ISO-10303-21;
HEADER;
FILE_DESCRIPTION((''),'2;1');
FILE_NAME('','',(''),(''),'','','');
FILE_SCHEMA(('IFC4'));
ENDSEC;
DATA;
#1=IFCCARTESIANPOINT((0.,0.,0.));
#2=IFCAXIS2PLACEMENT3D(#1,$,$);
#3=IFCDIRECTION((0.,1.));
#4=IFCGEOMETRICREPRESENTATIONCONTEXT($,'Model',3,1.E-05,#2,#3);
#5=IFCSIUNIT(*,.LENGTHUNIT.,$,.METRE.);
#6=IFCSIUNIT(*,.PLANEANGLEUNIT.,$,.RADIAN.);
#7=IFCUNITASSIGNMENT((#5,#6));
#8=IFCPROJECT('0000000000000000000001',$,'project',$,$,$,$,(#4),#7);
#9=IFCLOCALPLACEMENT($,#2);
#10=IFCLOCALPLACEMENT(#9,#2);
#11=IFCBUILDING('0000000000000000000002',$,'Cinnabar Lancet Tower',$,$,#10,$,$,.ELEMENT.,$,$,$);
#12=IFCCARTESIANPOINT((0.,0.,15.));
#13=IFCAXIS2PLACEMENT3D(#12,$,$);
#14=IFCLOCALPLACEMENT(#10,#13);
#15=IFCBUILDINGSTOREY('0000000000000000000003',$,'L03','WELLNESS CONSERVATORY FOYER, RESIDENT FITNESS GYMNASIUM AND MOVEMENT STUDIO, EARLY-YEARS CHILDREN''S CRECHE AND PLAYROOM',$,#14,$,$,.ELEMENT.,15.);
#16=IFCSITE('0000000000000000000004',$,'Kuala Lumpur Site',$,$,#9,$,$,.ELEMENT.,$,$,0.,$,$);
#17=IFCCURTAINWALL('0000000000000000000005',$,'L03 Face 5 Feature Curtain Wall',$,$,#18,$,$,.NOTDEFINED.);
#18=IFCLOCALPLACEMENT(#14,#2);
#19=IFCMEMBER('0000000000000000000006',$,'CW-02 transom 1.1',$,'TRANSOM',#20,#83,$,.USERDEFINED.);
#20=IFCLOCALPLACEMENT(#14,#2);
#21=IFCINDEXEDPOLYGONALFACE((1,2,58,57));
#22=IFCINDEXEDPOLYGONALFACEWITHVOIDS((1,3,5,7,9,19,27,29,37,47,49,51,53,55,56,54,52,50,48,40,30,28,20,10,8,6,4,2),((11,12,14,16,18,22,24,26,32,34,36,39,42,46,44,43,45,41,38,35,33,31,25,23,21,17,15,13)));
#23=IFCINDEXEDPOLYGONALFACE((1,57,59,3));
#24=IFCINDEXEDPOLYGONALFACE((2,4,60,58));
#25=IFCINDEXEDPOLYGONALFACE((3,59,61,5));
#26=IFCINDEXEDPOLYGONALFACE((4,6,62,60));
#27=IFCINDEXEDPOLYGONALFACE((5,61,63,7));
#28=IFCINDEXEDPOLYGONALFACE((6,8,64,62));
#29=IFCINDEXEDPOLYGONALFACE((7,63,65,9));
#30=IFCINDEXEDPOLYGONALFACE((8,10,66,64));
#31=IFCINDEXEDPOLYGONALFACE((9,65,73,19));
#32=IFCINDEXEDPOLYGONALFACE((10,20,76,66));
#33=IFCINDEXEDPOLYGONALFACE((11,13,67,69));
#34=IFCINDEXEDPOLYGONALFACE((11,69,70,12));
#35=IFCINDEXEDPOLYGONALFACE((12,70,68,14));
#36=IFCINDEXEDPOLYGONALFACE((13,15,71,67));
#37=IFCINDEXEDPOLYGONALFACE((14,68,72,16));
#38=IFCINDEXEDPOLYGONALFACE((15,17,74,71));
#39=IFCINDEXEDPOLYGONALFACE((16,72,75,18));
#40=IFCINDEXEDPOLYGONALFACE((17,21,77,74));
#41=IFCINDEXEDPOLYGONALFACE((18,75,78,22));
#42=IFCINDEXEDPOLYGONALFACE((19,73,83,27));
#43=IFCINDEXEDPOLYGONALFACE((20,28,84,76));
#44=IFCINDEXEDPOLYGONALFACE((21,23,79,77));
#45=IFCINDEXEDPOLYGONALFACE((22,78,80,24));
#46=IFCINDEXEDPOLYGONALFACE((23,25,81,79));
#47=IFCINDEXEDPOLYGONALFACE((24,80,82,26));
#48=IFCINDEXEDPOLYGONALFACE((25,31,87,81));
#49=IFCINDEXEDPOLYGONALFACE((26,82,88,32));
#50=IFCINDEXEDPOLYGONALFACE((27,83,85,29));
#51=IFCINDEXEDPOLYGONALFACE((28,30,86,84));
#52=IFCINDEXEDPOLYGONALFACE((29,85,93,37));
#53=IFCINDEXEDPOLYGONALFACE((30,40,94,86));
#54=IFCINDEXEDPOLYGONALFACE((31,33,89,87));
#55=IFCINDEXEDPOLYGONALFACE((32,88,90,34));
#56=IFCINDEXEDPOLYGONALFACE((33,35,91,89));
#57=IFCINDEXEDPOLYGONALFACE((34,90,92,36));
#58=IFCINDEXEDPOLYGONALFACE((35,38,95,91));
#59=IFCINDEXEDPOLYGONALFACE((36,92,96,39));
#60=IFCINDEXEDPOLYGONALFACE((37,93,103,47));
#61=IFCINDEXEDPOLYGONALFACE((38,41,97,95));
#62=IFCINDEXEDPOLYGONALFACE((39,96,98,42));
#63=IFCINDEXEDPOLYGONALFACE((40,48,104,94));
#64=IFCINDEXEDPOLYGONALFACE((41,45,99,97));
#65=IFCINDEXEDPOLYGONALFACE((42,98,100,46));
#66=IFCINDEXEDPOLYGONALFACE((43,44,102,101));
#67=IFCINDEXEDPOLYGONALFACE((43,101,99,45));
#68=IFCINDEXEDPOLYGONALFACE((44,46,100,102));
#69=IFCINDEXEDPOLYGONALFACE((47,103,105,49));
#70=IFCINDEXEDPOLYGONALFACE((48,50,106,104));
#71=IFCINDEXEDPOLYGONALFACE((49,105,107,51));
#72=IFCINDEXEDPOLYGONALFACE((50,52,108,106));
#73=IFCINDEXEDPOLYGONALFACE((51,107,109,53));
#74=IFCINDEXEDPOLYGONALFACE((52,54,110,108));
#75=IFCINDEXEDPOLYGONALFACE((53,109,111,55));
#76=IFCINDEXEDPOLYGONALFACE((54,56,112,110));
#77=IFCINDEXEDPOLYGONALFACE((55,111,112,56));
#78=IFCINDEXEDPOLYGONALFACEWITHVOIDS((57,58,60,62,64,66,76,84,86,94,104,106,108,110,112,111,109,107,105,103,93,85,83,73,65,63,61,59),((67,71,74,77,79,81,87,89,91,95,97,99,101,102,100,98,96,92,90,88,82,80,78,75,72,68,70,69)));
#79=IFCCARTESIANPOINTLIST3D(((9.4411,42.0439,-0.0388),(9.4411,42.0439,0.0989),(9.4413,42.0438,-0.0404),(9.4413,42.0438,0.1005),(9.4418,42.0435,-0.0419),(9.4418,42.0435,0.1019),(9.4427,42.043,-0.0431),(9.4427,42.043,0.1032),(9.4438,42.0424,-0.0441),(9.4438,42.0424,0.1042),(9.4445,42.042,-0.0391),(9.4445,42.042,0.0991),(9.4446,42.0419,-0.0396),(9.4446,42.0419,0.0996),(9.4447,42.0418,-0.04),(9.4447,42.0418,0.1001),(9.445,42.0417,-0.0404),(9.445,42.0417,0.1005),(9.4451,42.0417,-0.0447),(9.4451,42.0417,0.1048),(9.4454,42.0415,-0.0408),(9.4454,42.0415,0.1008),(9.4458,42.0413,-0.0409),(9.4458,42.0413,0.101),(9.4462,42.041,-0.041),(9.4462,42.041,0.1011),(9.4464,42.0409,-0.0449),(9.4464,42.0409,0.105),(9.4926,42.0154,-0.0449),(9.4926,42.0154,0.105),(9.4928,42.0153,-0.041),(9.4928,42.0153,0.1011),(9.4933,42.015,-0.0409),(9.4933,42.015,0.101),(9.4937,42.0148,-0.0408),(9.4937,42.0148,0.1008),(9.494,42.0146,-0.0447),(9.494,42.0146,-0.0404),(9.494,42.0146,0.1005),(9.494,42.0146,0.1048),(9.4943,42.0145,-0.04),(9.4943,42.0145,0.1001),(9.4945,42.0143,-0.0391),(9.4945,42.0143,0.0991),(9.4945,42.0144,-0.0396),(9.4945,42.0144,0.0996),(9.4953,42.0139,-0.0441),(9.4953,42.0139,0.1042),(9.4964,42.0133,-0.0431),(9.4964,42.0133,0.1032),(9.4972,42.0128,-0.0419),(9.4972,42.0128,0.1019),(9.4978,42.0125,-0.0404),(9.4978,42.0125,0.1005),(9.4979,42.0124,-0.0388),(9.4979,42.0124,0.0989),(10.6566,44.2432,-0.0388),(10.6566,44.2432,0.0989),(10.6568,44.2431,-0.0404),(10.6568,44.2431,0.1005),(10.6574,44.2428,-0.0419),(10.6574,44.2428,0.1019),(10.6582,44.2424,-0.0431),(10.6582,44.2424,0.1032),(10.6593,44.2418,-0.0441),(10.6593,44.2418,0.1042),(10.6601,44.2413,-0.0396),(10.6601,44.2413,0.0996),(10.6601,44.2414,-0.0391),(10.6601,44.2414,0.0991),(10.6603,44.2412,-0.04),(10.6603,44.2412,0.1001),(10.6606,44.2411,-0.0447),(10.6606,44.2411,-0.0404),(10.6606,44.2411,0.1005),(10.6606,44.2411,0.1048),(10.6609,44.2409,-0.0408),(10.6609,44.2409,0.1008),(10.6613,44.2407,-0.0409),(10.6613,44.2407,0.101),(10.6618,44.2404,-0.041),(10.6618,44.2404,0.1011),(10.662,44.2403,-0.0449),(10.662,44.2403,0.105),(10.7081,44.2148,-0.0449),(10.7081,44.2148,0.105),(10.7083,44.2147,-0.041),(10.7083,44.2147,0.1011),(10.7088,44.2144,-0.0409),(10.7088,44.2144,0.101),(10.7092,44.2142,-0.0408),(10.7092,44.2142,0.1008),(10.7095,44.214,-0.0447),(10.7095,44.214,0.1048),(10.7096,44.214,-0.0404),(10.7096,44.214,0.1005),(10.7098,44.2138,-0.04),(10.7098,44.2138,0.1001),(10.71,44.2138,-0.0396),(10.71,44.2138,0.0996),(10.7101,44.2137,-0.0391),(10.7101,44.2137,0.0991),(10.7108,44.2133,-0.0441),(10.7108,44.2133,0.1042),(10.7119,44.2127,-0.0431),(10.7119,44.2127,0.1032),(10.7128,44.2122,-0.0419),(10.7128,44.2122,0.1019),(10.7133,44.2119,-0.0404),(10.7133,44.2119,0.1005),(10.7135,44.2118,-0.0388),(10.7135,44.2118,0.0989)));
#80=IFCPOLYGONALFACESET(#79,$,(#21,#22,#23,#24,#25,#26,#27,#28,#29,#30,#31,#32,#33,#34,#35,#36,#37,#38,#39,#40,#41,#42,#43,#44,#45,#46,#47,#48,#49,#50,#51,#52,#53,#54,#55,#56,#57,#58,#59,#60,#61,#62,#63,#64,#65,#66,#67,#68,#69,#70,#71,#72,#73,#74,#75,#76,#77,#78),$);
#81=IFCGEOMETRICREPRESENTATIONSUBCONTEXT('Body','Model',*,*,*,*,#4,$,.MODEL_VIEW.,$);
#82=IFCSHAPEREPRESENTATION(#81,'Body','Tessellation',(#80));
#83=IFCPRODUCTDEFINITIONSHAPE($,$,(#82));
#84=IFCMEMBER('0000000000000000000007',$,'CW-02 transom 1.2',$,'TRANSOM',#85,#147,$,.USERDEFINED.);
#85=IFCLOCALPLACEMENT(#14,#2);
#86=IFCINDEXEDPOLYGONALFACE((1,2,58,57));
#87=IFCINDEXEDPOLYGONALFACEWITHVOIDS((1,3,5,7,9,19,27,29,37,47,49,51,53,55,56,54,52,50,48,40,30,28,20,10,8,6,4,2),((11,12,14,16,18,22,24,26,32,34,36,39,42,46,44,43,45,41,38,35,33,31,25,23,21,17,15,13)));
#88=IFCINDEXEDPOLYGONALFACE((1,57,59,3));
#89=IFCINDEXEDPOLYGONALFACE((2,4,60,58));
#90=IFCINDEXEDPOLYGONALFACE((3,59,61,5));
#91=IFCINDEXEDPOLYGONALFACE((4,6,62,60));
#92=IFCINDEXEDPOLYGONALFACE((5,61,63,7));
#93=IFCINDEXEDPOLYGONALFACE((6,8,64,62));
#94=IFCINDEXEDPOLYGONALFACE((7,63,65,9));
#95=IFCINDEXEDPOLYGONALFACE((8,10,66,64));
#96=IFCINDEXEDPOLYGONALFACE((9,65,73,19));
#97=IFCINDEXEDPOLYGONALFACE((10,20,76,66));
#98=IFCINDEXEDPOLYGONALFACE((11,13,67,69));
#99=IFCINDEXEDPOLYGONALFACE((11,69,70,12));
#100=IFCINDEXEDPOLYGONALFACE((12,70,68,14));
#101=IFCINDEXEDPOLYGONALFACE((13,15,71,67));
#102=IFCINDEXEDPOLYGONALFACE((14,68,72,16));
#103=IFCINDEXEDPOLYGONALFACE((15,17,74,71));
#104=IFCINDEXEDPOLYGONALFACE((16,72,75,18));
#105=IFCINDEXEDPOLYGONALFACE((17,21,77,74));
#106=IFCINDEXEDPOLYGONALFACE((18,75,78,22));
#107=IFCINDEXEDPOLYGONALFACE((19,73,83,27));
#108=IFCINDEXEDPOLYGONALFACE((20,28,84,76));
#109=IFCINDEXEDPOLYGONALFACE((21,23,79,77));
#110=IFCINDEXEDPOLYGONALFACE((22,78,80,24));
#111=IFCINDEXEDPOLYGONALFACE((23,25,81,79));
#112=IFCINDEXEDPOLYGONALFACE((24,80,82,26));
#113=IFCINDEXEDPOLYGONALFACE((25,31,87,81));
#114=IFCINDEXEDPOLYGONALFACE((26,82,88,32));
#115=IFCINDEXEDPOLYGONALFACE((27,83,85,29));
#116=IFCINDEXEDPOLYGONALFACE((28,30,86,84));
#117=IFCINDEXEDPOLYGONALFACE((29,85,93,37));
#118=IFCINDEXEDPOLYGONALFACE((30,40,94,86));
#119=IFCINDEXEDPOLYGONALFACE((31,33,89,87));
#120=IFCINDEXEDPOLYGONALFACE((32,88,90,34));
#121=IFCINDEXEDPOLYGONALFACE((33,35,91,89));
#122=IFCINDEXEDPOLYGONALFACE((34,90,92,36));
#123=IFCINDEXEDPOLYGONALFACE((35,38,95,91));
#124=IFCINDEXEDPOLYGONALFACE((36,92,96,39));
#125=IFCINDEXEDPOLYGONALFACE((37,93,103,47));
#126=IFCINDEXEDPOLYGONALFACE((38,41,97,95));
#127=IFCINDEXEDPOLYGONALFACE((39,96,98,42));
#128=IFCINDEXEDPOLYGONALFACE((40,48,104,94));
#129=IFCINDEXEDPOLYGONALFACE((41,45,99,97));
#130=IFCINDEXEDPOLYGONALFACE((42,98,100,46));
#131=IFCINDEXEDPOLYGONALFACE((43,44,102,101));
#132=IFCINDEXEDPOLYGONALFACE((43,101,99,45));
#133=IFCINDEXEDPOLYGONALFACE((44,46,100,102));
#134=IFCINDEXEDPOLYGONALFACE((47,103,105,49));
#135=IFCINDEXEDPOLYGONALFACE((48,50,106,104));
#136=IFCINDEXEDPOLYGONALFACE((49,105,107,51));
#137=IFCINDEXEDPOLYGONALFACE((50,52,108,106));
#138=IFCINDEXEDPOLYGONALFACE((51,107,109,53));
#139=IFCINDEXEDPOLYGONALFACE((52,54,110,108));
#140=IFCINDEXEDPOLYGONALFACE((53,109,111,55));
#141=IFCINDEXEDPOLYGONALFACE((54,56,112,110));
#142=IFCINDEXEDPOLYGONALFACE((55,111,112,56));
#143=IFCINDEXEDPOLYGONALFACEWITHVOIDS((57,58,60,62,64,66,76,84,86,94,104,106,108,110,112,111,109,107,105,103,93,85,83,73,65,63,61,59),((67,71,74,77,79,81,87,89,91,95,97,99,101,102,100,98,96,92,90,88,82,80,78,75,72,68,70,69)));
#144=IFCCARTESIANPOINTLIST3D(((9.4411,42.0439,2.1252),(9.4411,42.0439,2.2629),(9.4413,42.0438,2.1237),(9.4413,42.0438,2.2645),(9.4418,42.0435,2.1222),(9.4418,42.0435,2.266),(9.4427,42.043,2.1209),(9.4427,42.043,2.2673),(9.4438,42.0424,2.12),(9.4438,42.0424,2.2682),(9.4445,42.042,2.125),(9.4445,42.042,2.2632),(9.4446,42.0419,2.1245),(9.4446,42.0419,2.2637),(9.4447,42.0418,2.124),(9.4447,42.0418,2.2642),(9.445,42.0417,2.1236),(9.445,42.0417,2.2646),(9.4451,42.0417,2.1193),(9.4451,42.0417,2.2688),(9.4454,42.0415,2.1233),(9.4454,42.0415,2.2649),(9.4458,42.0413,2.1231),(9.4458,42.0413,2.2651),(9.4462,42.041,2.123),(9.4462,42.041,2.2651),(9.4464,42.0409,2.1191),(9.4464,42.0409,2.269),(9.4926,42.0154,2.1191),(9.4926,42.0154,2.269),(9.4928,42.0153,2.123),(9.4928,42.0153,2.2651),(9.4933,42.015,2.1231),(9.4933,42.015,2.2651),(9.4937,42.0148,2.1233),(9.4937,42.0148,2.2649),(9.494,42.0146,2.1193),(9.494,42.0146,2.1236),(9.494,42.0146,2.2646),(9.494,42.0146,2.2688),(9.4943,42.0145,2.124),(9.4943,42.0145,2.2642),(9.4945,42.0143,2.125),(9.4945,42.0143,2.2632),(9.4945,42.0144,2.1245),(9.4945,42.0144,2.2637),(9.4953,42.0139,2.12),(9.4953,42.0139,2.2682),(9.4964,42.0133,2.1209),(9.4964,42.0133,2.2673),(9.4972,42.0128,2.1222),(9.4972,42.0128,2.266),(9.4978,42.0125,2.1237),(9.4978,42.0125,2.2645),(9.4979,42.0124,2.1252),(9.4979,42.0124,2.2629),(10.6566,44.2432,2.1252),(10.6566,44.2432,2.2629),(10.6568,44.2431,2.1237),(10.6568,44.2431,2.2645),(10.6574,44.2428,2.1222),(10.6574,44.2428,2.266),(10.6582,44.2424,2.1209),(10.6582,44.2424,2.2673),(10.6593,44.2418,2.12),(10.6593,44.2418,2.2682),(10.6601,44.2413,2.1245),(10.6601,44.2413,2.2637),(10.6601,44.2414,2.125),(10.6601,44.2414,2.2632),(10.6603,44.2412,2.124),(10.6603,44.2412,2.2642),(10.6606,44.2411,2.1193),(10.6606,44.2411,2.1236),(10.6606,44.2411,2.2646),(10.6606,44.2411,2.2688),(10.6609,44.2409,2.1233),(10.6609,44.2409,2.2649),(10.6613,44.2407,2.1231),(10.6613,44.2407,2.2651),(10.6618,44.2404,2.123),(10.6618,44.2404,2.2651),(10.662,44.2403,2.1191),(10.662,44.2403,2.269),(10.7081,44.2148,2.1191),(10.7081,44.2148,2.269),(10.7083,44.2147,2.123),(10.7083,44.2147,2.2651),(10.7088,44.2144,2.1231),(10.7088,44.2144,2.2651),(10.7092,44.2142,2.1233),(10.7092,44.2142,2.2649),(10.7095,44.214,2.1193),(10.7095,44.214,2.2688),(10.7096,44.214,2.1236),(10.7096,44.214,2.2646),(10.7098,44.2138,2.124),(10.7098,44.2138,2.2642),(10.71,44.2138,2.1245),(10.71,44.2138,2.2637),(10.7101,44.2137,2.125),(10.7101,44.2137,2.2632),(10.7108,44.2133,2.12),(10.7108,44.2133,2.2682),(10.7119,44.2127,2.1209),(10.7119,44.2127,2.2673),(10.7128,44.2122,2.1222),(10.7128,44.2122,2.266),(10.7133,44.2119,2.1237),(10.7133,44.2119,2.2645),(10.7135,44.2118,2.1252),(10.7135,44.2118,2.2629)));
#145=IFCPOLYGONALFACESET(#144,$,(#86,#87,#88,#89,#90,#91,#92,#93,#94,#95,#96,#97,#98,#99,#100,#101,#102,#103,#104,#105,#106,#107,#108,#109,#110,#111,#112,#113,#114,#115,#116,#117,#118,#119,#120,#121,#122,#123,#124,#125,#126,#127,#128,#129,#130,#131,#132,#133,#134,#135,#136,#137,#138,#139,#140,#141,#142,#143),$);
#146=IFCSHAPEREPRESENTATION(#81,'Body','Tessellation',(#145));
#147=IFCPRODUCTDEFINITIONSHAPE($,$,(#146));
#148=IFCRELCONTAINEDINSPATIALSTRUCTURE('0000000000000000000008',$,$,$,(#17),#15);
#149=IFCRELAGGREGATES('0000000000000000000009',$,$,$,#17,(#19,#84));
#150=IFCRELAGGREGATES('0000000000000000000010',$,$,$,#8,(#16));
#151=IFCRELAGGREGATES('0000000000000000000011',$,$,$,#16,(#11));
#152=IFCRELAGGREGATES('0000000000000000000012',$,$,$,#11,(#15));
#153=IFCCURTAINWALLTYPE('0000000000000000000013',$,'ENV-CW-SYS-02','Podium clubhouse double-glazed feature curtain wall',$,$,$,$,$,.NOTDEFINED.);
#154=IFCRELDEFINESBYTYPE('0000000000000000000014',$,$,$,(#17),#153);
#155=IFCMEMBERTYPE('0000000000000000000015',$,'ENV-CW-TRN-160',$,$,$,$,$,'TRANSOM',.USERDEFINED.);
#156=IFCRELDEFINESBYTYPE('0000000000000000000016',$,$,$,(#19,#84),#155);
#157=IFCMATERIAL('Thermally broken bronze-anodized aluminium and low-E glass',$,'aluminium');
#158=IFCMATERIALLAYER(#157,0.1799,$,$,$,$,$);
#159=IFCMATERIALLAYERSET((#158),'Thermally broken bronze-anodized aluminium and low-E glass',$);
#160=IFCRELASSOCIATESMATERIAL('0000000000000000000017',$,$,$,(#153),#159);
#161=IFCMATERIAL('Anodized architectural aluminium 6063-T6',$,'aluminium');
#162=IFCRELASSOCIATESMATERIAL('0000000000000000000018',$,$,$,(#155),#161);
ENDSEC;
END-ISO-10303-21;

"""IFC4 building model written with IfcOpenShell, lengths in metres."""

from ifc_helpers import new_model, si_unit, direction, frame, origin, origin_2d, place, context, subcontext, project, spatial, hollow_rectangle, extrude, material, layer, layer_set, material_profile, profile_set, type_object, element, aggregate, save


model = new_model("IFC4")

# Units and contexts
model_context = context("Model", 3, precision=1e-05, world=origin(), true_north=direction((0.0, 1.0)))
body_context = subcontext(model_context, "Body", "Model", "MODEL_VIEW")
ifc_project = project(units=[si_unit("LENGTHUNIT", "METRE"), si_unit("PLANEANGLEUNIT", "RADIAN")], contexts=[model_context])

# Site, building, storey
site_placement = place(None, origin())
site = spatial("IfcSite", under=ifc_project, at=site_placement, Name="Kuala Lumpur Site", CompositionType="ELEMENT", RefElevation=0.0)
building_placement = place(site_placement, origin())
building = spatial("IfcBuilding", under=site, at=building_placement, Name="Cinnabar Lancet Tower", CompositionType="ELEMENT")
storey_placement = place(building_placement, frame((0.0, 0.0, 15.0)))
storey = spatial("IfcBuildingStorey", under=building, at=storey_placement, Name="L03", Description="WELLNESS CONSERVATORY FOYER, RESIDENT FITNESS GYMNASIUM AND MOVEMENT STUDIO, EARLY-YEARS CHILDREN'S CRECHE AND PLAYROOM", CompositionType="ELEMENT", Elevation=15.0)

# Curtain wall, members
ifc_material_1 = material(Name="Thermally broken bronze-anodized aluminium and low-E glass", Category="aluminium")
ifc_layer_1 = layer(ifc_material_1, 0.1799)
ifc_layer_set_1 = layer_set([ifc_layer_1], Name="Thermally broken bronze-anodized aluminium and low-E glass")
curtain_wall_type = type_object("IfcCurtainWallType", Name="ENV-CW-SYS-02", Description="Podium clubhouse double-glazed feature curtain wall", PredefinedType="NOTDEFINED", material=ifc_layer_set_1)
curtain_wall_placement = place(storey_placement, origin())
curtain_wall = element("IfcCurtainWall", 1, at=curtain_wall_placement, inside=storey, type_object=curtain_wall_type, Name="L03 Face 5 Feature Curtain Wall", PredefinedType="NOTDEFINED")
ifc_material_2 = material(Name="Anodized architectural aluminium 6063-T6", Category="aluminium")
ifc_material_profile_1 = material_profile(ifc_material_2, hollow_rectangle(XDim=0.0649, YDim=0.1499, WallThickness=0.0039, InnerFilletRadius=0.002, OuterFilletRadius=0.0061, at=origin_2d()), Name="CW-TRN 150x65x4")
ifc_profile_set_1 = profile_set([ifc_material_profile_1], Name="Anodized architectural aluminium 6063-T6")
member_type_1 = type_object("IfcMemberType", Name="ENV-CW-TRN-160", ElementType="TRANSOM", PredefinedType="USERDEFINED", material=ifc_profile_set_1)
member_1_placement = place(storey_placement, frame((10.6851, 44.2275, 0.03), z_axis=(-0.483712, -0.875227, 0.0), x_axis=(0.875227, -0.483712, 0.0)))
member_1 = element("IfcMember", 2, at=member_1_placement, type_object=member_type_1, Name="CW-02 transom 1.1", ObjectType="TRANSOM", PredefinedType="USERDEFINED", context=body_context, shape_type="SweptSolid", body=[
    extrude(hollow_rectangle(XDim=0.0649, YDim=0.1499, WallThickness=0.0039, InnerFilletRadius=0.002, OuterFilletRadius=0.0061, at=origin_2d()), origin(), (0.0, 0.0, 1.0), 2.5129),
])
member_2_placement = place(storey_placement, frame((10.6851, 44.2275, 2.1941), z_axis=(-0.483712, -0.875227, 0.0), x_axis=(0.875227, -0.483712, 0.0)))
member_2 = element("IfcMember", 3, at=member_2_placement, type_object=member_type_1, Name="CW-02 transom 1.2", ObjectType="TRANSOM", PredefinedType="USERDEFINED", context=body_context, shape_type="SweptSolid", body=[
    extrude(hollow_rectangle(XDim=0.0649, YDim=0.1499, WallThickness=0.0039, InnerFilletRadius=0.002, OuterFilletRadius=0.0061, at=origin_2d()), origin(), (0.0, 0.0, 1.0), 2.5129),
])

aggregate(curtain_wall, [member_1, member_2])

save(model, "model.ifc")
